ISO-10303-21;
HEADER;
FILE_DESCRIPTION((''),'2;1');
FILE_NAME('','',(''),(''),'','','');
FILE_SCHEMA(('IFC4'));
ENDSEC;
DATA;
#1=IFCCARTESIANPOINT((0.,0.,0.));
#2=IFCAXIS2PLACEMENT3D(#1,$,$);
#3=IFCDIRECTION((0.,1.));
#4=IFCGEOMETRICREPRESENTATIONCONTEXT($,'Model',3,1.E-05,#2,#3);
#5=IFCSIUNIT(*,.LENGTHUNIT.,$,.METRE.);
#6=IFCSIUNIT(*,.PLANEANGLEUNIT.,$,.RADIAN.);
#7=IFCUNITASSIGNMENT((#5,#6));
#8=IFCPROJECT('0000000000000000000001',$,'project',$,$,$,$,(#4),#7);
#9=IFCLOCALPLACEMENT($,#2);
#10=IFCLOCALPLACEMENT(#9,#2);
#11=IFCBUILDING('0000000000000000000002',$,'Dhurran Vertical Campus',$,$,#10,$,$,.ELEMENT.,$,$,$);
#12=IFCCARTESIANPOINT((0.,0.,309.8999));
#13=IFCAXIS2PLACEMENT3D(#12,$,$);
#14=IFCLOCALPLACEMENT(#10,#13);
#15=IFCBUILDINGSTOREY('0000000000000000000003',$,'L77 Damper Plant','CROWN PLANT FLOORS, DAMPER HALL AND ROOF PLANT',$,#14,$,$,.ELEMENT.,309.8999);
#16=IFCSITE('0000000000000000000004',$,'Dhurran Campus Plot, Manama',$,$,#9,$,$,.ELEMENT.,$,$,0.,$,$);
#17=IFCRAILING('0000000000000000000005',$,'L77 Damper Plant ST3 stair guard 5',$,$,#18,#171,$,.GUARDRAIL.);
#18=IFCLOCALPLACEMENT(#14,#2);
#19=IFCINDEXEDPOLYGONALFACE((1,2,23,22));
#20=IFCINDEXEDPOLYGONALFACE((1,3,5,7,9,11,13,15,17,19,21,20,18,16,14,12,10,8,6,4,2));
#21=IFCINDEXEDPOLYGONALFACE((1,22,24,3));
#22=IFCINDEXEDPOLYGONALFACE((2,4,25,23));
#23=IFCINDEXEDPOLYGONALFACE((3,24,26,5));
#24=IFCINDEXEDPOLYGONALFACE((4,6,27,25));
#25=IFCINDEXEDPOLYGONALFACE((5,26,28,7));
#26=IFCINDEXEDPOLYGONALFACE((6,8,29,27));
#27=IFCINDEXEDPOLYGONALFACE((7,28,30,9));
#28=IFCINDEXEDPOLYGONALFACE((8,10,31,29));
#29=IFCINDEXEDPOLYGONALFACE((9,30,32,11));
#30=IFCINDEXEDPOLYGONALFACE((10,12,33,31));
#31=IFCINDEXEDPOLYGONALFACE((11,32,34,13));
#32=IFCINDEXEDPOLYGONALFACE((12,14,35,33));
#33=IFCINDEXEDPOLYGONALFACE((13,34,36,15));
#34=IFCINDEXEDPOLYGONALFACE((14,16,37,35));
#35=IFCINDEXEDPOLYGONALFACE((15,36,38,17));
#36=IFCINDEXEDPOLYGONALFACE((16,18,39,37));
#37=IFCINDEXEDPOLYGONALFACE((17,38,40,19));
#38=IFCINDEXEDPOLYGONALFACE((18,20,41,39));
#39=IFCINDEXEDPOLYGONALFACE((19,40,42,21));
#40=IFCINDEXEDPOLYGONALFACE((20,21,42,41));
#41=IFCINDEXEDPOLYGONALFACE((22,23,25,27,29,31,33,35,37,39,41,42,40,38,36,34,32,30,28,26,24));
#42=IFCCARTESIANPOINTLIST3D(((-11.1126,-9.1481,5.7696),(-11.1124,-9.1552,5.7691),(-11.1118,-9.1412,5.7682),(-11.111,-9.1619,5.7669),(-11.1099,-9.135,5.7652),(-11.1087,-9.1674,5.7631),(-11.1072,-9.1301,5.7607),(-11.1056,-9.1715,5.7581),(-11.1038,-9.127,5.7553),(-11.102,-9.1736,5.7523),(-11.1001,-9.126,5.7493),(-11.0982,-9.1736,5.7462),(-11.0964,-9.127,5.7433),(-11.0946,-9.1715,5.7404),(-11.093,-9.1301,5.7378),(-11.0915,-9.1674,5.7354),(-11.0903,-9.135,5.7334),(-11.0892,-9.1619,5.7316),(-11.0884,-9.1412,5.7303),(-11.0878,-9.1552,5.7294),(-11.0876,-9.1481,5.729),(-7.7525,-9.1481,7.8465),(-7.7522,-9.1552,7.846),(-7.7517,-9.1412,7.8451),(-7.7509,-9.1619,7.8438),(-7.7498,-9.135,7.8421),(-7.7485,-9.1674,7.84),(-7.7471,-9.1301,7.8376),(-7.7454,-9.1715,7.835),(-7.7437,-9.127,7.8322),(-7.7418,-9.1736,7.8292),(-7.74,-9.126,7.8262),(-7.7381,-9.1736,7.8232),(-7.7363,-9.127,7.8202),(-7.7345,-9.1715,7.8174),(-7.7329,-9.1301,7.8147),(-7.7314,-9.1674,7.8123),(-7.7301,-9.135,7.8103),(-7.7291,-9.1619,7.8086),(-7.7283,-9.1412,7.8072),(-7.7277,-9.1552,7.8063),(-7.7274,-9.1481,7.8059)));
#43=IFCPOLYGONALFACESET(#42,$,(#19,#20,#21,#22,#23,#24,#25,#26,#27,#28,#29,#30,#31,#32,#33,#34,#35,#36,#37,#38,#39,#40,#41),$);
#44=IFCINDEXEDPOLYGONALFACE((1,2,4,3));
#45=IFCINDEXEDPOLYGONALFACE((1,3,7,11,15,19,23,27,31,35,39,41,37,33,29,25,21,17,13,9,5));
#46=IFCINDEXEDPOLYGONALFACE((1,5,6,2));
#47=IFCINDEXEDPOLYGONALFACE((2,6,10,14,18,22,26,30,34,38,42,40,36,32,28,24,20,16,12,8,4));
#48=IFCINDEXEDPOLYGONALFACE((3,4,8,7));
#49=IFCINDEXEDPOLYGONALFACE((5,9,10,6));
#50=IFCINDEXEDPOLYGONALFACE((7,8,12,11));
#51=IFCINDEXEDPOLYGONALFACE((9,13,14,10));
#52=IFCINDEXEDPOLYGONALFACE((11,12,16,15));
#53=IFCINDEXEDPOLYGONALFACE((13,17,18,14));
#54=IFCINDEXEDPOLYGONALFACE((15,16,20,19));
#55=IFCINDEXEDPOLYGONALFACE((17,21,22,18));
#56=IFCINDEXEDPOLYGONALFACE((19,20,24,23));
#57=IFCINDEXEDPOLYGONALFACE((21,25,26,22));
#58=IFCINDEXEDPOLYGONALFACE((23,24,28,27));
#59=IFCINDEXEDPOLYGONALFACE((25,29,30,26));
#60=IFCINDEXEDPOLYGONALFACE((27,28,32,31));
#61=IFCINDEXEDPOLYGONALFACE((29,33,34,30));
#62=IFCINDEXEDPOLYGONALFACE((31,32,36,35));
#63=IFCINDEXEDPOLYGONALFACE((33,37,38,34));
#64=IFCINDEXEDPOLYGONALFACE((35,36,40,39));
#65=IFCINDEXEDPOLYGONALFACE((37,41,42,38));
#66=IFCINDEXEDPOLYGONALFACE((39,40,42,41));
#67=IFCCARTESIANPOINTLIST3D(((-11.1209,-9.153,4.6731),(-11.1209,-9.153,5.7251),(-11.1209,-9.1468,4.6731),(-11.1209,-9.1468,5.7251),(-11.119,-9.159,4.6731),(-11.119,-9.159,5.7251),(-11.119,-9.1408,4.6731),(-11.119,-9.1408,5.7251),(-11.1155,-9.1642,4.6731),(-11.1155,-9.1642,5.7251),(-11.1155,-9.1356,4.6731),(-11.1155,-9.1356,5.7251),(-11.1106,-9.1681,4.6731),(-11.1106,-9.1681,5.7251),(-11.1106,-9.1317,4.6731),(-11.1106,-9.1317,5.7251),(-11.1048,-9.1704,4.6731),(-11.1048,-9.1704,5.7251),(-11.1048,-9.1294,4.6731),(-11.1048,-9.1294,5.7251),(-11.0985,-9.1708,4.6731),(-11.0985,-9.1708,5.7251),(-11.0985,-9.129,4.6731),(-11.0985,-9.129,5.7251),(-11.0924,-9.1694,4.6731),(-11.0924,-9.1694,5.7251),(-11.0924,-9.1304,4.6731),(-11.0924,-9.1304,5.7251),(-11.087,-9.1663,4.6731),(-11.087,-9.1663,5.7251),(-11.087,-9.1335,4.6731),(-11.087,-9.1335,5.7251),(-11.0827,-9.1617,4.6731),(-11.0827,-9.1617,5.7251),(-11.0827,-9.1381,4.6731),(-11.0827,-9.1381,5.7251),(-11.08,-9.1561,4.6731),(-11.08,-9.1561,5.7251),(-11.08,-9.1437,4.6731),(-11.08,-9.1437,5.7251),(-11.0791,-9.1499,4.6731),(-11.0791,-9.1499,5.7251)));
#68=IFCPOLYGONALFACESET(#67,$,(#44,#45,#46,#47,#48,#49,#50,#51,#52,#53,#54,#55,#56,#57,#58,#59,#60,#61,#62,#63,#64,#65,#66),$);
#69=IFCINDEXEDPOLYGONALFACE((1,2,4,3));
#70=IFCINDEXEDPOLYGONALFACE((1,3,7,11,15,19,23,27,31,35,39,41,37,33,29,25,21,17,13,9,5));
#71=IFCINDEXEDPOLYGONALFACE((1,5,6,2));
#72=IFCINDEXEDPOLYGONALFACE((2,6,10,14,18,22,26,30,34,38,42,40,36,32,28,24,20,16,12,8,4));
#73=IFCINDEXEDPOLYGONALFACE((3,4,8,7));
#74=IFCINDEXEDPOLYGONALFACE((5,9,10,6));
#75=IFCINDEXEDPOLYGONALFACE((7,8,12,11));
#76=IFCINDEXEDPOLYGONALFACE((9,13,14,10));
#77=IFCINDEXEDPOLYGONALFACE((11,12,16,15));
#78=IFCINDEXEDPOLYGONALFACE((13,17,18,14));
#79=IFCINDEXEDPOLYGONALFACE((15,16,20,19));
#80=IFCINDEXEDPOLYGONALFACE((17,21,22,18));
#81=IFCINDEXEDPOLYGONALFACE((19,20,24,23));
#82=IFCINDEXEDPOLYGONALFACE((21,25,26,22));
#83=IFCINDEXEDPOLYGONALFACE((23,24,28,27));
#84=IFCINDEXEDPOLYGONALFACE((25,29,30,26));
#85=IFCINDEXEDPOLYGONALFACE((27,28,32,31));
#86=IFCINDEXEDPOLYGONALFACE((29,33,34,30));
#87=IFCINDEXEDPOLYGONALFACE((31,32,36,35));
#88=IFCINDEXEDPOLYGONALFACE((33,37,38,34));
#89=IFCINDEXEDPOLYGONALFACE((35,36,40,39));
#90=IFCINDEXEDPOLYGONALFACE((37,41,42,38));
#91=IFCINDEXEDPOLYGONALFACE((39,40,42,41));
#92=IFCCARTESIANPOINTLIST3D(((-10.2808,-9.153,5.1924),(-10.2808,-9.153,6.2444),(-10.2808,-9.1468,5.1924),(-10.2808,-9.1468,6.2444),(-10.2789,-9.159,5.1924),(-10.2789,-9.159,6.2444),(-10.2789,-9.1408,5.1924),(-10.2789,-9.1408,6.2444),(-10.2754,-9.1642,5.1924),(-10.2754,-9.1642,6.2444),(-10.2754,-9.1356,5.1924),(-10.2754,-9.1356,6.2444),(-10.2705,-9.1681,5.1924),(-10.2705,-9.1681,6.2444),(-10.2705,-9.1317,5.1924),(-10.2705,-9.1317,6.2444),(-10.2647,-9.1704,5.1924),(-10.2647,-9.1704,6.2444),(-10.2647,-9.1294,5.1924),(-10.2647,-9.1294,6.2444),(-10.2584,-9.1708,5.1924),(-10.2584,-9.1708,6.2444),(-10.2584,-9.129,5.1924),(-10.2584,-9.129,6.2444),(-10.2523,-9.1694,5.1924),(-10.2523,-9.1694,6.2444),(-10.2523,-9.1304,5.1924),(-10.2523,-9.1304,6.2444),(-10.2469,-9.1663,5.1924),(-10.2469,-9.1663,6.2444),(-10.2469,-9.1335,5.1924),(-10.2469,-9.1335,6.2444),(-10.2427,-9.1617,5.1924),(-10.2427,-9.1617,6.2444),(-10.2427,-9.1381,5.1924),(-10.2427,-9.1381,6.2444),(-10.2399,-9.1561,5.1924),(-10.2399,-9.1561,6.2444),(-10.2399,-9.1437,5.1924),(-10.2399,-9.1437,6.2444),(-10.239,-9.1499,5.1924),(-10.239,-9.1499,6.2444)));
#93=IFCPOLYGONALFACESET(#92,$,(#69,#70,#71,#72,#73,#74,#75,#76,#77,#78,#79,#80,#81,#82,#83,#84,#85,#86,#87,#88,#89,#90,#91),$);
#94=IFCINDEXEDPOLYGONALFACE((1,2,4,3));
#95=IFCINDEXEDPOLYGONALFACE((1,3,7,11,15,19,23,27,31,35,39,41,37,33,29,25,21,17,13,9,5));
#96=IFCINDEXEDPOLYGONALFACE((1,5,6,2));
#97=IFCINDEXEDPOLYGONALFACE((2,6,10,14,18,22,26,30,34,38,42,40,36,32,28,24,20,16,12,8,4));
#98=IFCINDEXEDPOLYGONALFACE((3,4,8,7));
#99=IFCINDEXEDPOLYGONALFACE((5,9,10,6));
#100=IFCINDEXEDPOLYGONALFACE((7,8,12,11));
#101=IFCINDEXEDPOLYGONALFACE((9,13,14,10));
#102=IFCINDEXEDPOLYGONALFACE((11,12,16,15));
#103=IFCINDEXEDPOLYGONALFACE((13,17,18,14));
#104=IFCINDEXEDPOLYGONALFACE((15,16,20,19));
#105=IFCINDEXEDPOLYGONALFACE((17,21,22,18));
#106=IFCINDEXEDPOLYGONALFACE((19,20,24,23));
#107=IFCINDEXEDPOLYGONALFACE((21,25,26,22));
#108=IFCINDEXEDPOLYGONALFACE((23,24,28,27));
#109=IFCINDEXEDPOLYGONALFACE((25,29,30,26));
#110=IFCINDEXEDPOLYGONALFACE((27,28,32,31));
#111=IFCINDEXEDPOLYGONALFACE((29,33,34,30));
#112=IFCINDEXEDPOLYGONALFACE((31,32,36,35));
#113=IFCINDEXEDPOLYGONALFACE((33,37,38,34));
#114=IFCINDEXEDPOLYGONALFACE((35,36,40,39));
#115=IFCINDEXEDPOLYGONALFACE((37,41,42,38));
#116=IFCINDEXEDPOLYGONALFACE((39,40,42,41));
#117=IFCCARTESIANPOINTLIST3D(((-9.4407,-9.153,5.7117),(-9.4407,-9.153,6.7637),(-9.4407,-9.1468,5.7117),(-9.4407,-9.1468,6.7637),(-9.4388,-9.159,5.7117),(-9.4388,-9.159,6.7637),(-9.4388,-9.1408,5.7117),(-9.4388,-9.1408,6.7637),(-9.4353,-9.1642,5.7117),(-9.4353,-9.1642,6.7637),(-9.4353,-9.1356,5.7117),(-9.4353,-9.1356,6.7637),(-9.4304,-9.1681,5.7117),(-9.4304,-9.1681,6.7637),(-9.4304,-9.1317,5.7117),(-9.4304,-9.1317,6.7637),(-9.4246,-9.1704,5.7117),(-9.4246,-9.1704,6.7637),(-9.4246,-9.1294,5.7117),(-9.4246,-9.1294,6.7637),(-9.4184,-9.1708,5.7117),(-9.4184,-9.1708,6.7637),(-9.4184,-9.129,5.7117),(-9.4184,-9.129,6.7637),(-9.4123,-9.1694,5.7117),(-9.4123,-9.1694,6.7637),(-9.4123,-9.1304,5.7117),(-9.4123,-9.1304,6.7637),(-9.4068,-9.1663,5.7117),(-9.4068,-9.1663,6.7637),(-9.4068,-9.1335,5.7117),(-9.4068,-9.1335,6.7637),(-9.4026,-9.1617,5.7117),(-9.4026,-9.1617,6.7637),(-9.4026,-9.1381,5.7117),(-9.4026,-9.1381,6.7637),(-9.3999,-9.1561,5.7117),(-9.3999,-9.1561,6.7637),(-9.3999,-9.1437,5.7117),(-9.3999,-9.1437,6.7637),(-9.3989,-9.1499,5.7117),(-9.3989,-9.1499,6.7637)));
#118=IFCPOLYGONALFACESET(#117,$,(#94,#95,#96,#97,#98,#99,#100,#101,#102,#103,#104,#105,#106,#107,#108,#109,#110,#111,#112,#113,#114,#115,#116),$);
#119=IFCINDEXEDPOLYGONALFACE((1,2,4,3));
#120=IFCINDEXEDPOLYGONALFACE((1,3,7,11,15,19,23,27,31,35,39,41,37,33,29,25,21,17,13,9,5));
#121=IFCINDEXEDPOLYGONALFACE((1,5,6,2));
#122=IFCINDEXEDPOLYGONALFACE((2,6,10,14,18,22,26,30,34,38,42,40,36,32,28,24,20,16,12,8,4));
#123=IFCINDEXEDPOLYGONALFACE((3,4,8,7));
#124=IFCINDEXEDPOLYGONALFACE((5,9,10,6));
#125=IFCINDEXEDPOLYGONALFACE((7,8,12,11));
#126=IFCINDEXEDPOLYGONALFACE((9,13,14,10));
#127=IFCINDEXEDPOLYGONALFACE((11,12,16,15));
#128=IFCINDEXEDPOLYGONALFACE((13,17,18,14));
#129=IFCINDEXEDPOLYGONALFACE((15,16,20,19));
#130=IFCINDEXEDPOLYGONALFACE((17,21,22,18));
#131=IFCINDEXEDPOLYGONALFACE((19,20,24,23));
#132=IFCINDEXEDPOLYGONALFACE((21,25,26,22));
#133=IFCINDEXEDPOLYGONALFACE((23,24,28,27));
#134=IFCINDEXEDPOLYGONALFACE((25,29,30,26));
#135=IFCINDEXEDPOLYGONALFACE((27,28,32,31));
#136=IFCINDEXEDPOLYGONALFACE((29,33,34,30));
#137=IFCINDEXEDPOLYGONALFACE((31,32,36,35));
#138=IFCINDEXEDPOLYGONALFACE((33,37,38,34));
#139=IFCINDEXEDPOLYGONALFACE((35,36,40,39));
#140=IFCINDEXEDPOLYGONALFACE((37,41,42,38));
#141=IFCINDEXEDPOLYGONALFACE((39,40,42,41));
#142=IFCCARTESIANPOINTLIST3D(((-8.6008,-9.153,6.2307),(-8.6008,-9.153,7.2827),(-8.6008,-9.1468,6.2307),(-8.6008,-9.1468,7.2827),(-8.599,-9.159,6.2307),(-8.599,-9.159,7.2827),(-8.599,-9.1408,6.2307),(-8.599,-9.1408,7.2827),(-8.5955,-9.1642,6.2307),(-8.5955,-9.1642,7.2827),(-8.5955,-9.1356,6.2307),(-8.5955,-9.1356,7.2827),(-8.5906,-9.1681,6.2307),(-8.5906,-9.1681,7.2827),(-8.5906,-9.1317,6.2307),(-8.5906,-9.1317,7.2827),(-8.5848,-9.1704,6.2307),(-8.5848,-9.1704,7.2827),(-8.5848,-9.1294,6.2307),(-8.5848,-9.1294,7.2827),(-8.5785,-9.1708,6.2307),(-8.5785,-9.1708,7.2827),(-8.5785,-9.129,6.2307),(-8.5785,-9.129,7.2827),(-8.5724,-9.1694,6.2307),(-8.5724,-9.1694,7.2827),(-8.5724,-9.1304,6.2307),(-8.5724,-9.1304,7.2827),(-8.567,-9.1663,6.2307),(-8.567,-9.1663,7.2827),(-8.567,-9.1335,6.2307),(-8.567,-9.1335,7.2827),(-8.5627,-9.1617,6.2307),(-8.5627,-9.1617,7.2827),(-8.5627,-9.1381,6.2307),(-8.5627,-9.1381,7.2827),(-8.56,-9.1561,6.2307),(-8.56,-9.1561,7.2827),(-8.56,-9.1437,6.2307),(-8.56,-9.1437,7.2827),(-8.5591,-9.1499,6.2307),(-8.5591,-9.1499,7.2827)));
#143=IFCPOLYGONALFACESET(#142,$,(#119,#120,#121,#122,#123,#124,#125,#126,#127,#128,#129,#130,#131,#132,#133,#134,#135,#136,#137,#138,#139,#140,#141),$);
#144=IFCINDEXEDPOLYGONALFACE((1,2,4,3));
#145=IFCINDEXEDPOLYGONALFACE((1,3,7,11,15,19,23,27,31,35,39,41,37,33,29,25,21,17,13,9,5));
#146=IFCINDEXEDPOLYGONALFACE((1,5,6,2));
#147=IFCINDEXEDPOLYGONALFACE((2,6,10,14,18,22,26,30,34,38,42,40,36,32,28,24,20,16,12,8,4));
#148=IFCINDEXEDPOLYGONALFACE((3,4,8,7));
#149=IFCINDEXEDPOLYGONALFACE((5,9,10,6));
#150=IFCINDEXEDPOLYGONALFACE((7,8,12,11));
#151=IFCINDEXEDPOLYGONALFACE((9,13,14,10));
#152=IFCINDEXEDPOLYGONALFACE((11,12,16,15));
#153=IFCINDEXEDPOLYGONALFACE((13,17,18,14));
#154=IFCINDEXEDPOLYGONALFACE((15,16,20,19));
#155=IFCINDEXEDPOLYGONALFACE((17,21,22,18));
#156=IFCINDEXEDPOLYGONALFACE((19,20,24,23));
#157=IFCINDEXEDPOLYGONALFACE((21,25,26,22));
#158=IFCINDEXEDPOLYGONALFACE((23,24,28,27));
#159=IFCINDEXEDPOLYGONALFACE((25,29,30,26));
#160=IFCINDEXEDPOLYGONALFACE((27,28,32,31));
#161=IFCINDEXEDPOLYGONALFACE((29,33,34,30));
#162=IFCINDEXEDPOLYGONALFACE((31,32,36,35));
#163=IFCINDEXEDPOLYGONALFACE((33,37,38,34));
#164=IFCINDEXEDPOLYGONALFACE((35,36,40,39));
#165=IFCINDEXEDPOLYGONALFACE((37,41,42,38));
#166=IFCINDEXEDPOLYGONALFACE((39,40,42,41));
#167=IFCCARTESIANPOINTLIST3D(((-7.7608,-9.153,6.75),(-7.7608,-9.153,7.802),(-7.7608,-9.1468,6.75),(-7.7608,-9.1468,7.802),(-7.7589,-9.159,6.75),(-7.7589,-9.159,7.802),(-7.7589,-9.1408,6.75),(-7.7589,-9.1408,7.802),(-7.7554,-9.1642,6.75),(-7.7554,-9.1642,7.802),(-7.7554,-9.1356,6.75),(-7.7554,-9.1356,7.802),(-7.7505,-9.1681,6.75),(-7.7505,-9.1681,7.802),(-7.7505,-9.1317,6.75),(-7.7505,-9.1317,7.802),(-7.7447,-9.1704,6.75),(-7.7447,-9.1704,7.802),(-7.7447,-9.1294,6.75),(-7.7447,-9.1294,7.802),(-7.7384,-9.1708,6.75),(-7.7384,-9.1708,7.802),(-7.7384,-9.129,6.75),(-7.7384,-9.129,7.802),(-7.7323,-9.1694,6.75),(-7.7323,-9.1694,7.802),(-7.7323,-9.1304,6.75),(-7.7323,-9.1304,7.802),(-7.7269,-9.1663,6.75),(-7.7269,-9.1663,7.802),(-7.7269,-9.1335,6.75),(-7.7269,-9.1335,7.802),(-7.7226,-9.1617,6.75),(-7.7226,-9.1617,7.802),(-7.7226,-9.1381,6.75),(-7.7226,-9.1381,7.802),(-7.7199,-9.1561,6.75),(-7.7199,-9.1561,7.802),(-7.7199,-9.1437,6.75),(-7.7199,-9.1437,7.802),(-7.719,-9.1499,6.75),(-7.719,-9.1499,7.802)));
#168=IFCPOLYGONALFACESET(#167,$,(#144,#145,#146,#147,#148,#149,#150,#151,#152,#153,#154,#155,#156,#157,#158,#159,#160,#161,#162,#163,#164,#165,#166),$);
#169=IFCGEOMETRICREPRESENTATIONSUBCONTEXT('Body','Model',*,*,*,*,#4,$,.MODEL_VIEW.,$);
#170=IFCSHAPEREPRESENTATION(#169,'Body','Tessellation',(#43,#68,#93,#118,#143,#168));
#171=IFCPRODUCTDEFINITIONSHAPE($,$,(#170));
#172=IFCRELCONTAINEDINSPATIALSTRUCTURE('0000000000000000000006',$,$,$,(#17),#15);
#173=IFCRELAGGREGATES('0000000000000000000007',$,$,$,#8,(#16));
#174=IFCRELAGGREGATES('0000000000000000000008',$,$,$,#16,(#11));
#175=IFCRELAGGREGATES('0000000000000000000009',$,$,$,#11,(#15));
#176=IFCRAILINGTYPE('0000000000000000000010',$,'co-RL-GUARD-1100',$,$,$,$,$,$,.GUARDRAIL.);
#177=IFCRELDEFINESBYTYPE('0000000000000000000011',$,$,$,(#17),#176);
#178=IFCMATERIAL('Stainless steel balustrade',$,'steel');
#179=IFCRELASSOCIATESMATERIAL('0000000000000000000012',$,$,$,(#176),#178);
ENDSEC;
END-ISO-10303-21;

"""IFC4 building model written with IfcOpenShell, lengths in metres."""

from ifc_helpers import new_model, si_unit, direction, frame, origin, origin_2d, place, context, subcontext, project, spatial, circle, extrude, material, type_object, element, save


model = new_model("IFC4")

# Units and contexts
model_context = context("Model", 3, precision=1e-05, world=origin(), true_north=direction((0.0, 1.0)))
body_context = subcontext(model_context, "Body", "Model", "MODEL_VIEW")
ifc_project = project(units=[si_unit("LENGTHUNIT", "METRE"), si_unit("PLANEANGLEUNIT", "RADIAN")], contexts=[model_context])

# Site, building, storey
site_placement = place(None, origin())
site = spatial("IfcSite", under=ifc_project, at=site_placement, Name="Dhurran Campus Plot, Manama", CompositionType="ELEMENT", RefElevation=0.0)
building_placement = place(site_placement, origin())
building = spatial("IfcBuilding", under=site, at=building_placement, Name="Dhurran Vertical Campus", CompositionType="ELEMENT")
storey_placement = place(building_placement, frame((0.0, 0.0, 309.8999)))
storey = spatial("IfcBuildingStorey", under=building, at=storey_placement, Name="L77 Damper Plant", Description="CROWN PLANT FLOORS, DAMPER HALL AND ROOF PLANT", CompositionType="ELEMENT", Elevation=309.8999)

# Railing
ifc_material_1 = material(Name="Stainless steel balustrade", Category="steel")
railing_type = type_object("IfcRailingType", Name="co-RL-GUARD-1100", PredefinedType="GUARDRAIL", material=ifc_material_1)
railing_1_placement = place(storey_placement, frame((-11.1001, -9.1499, 4.6731)))
element("IfcRailing", 1, at=railing_1_placement, inside=storey, type_object=railing_type, Name="L77 Damper Plant ST3 stair guard 5", PredefinedType="GUARDRAIL", context=body_context, shape_type="SweptSolid", body=[
    extrude(circle(Radius=0.0239, at=origin_2d()), frame((0.0, 0.0, 1.0762), z_axis=(0.850623, 0.0, 0.525776), x_axis=(0.0, 1.0, 0.0)), (0.0, 0.0, 1.0), 3.9502),
    extrude(circle(Radius=0.021, at=origin_2d()), origin(), (0.0, 0.0, 1.0), 1.052),
    extrude(circle(Radius=0.021, at=origin_2d()), frame((0.8401, 0.0, 0.5193)), (0.0, 0.0, 1.0), 1.052),
    extrude(circle(Radius=0.021, at=origin_2d()), frame((1.6802, 0.0, 1.0386)), (0.0, 0.0, 1.0), 1.052),
    extrude(circle(Radius=0.021, at=origin_2d()), frame((2.52, 0.0, 1.5576)), (0.0, 0.0, 1.0), 1.052),
    extrude(circle(Radius=0.021, at=origin_2d()), frame((3.3601, 0.0, 2.0769)), (0.0, 0.0, 1.0), 1.052),
])

save(model, "model.ifc")
